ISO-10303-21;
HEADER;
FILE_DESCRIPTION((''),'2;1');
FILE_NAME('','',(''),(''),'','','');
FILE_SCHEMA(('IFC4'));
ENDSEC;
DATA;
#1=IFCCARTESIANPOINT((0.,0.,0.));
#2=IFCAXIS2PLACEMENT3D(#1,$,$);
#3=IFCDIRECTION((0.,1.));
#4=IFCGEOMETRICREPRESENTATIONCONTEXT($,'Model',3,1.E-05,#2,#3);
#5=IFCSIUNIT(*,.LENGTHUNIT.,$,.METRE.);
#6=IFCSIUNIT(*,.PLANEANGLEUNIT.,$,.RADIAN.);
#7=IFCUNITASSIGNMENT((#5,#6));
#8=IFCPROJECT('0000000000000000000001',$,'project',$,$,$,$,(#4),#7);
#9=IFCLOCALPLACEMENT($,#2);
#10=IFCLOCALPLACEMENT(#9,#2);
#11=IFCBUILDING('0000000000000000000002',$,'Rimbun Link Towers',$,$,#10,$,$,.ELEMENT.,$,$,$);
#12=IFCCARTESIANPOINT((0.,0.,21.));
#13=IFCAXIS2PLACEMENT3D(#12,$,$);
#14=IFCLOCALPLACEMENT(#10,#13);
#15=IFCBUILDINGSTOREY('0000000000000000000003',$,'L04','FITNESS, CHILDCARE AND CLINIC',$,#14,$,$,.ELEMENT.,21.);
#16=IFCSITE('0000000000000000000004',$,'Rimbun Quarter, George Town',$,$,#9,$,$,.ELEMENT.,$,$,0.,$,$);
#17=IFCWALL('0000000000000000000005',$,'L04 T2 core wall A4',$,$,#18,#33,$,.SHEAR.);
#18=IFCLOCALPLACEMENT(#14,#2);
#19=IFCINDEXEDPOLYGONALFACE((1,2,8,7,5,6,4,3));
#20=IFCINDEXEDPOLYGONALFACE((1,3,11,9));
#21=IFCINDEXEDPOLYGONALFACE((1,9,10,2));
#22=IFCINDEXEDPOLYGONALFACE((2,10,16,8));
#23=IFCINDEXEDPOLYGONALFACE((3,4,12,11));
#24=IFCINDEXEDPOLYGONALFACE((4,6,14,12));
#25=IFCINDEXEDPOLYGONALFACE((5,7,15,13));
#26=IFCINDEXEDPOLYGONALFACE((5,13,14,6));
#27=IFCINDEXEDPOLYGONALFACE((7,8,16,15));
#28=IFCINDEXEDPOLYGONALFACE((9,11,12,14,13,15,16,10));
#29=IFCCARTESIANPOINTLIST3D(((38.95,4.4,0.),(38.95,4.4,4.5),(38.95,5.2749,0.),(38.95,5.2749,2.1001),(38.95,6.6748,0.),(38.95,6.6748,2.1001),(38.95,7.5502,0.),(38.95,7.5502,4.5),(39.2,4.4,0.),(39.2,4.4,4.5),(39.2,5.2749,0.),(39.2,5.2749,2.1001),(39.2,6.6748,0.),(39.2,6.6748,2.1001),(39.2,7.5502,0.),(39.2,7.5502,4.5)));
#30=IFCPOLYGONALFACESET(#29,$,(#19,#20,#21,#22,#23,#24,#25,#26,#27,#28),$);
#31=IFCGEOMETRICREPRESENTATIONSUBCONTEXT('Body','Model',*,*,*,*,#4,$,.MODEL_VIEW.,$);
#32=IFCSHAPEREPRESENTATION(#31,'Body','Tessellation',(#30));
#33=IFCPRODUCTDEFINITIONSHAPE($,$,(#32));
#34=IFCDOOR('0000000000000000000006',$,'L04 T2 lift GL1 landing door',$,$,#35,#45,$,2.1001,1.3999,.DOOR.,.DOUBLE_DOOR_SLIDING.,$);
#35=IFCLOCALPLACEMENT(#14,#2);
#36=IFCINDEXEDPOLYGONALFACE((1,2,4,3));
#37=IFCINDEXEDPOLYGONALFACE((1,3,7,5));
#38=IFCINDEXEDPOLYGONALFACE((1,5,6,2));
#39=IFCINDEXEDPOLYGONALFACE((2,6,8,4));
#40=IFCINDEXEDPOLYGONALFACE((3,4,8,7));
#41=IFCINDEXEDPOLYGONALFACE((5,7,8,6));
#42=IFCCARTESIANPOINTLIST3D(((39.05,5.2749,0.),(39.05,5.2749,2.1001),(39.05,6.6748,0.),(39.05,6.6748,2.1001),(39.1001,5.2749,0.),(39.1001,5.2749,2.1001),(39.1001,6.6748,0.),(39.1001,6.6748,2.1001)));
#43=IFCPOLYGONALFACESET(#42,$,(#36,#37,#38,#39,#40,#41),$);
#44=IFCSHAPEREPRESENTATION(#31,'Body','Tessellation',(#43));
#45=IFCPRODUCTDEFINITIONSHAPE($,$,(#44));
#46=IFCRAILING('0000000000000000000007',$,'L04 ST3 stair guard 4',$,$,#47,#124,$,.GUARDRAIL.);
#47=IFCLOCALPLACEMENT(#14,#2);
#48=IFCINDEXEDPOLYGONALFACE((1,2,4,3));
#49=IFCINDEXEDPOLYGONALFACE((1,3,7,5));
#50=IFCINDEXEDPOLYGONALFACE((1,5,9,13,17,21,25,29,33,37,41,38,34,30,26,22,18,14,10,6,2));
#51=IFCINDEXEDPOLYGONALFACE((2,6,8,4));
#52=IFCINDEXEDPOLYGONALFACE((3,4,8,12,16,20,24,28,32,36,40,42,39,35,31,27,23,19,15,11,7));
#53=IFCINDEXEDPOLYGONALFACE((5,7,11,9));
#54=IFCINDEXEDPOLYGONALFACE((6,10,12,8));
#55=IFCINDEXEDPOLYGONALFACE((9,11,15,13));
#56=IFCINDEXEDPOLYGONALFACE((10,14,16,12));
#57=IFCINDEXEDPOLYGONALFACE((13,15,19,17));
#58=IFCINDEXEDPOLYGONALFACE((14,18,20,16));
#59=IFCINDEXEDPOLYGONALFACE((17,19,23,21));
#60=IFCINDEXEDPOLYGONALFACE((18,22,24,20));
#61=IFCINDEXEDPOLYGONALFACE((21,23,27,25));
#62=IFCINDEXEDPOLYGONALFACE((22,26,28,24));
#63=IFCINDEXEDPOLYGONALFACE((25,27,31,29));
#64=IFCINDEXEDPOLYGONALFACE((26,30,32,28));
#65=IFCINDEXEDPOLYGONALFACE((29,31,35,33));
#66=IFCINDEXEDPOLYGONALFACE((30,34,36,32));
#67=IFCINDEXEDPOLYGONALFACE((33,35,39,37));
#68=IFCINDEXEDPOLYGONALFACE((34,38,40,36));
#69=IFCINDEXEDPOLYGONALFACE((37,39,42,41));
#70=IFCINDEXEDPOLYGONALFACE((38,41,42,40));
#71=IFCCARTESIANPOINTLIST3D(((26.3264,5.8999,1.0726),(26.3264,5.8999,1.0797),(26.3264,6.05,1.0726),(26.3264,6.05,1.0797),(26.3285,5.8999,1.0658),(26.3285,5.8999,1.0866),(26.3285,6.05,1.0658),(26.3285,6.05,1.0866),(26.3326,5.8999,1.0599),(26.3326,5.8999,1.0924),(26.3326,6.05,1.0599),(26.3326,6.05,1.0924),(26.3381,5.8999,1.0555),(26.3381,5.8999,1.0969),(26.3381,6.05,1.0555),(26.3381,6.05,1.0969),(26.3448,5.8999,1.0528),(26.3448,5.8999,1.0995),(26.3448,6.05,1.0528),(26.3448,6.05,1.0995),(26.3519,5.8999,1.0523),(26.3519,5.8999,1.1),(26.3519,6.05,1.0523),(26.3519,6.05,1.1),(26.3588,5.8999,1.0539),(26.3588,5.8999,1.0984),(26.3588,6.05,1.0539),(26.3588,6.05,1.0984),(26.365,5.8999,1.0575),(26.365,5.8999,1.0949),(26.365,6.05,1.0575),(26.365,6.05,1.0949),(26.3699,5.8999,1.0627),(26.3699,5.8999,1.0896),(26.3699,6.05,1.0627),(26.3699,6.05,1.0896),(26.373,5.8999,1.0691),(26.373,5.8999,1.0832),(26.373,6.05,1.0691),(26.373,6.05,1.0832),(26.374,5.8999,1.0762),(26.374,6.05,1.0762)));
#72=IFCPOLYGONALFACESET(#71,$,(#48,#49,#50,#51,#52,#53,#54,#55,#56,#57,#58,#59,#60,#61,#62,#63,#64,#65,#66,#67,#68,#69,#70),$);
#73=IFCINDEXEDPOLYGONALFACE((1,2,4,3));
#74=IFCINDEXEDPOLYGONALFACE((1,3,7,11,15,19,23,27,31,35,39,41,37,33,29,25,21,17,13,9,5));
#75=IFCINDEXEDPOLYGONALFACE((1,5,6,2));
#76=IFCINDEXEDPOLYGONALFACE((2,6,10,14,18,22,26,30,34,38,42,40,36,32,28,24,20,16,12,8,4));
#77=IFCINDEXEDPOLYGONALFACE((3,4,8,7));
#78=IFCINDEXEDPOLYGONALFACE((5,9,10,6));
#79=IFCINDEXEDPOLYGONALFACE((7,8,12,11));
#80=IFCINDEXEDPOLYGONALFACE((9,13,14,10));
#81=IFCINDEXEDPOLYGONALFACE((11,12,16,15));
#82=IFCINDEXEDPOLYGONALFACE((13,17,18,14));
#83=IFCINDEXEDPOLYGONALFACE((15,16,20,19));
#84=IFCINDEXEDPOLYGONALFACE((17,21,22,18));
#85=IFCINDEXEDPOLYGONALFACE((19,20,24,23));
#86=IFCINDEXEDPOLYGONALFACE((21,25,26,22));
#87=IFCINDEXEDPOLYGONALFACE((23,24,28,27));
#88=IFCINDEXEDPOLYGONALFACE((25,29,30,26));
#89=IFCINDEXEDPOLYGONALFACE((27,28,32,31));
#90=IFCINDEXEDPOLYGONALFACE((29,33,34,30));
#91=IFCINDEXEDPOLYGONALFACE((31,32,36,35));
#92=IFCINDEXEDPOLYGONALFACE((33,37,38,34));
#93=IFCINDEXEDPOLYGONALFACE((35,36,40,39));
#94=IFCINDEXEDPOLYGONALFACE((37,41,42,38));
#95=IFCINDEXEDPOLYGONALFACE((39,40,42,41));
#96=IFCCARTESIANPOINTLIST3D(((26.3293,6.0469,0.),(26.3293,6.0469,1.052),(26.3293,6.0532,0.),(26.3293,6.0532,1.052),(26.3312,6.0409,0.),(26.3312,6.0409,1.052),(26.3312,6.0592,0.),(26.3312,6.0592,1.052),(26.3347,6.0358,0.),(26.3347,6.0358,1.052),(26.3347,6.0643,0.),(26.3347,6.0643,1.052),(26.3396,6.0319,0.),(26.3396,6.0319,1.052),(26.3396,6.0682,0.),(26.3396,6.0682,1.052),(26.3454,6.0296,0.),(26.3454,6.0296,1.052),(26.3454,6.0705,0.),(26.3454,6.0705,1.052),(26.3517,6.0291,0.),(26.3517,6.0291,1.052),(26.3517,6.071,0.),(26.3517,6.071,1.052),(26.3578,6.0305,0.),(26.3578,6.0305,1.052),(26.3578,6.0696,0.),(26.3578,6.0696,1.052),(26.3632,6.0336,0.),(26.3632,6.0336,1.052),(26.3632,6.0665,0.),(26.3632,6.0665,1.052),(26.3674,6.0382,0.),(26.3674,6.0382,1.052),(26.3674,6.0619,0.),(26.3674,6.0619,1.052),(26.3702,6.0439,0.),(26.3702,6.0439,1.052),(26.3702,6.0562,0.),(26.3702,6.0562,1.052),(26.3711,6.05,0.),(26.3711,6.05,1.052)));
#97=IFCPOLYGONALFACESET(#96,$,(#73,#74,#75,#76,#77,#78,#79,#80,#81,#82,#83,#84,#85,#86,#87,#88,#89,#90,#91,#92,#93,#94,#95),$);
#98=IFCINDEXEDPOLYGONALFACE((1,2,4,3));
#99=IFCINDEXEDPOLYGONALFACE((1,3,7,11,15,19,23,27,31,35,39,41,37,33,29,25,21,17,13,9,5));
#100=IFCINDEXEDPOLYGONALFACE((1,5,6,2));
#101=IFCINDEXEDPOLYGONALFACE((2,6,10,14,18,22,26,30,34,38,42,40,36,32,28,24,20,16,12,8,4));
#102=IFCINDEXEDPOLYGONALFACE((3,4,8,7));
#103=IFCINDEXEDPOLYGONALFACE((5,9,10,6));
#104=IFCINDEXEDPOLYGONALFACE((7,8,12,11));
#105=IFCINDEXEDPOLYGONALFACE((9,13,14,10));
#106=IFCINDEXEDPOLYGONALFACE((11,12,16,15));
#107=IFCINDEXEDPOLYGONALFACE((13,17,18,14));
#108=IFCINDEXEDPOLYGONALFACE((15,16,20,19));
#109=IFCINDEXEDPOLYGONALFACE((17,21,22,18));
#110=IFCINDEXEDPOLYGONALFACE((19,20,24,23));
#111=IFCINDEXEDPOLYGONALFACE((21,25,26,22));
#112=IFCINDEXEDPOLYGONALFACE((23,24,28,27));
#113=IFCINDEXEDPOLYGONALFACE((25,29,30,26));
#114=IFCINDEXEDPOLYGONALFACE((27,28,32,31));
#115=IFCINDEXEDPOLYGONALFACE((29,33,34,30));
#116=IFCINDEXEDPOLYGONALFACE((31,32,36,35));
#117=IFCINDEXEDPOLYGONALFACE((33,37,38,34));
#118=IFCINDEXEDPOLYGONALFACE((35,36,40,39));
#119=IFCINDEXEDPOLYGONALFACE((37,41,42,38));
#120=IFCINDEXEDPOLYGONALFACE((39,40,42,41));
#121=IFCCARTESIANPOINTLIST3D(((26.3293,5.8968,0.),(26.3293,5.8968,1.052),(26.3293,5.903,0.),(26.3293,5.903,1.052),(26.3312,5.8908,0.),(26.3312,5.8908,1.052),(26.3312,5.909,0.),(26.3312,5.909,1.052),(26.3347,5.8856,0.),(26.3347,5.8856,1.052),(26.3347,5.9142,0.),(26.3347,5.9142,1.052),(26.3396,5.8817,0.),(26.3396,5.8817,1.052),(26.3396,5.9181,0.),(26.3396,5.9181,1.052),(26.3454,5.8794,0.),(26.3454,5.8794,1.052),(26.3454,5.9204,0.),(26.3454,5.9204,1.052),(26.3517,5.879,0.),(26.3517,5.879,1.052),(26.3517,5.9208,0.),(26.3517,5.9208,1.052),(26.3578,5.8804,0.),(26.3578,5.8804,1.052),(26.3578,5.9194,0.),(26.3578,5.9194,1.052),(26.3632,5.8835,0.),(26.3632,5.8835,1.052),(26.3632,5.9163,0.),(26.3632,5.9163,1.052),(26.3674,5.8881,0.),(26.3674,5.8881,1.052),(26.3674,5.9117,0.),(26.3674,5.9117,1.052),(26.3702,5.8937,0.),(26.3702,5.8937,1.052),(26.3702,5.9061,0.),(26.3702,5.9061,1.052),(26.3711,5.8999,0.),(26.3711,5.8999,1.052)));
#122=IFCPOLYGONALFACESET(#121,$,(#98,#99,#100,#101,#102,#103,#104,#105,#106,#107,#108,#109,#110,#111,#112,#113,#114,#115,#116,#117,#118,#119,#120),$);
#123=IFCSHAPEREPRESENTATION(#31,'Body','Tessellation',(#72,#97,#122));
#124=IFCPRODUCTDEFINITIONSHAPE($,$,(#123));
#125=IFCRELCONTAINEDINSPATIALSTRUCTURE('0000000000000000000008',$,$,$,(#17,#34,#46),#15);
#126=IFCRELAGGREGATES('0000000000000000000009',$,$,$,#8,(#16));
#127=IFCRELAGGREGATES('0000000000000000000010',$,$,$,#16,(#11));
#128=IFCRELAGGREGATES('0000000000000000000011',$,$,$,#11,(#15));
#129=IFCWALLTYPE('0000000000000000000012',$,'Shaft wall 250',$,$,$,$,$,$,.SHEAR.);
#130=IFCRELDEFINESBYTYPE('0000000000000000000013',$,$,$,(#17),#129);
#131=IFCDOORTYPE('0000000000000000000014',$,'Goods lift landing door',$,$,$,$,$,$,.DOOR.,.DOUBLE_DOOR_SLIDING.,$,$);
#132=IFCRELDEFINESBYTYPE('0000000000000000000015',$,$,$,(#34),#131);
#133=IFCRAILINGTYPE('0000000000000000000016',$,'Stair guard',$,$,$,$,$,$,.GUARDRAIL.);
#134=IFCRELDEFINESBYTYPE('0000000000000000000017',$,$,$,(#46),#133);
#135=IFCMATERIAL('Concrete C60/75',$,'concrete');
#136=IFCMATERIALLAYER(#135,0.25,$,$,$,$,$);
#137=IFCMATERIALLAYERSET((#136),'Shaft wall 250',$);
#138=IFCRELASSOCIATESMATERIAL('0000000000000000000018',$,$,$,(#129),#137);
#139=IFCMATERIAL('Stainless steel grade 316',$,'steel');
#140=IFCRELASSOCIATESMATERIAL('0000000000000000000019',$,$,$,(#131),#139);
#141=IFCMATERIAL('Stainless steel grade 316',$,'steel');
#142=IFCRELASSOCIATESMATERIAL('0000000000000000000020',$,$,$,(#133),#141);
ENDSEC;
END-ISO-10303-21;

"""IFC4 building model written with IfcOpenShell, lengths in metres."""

from ifc_helpers import new_model, si_unit, direction, frame, frame_2d, origin, origin_2d, place, context, subcontext, project, spatial, rectangle, circle, extrude, material, layer, layer_set, type_object, element, fill, save


model = new_model("IFC4")

# Units and contexts
model_context = context("Model", 3, precision=1e-05, world=origin(), true_north=direction((0.0, 1.0)))
body_context = subcontext(model_context, "Body", "Model", "MODEL_VIEW")
ifc_project = project(units=[si_unit("LENGTHUNIT", "METRE"), si_unit("PLANEANGLEUNIT", "RADIAN")], contexts=[model_context])

# Site, building, storey
site_placement = place(None, origin())
site = spatial("IfcSite", under=ifc_project, at=site_placement, Name="Rimbun Quarter, George Town", CompositionType="ELEMENT", RefElevation=0.0)
building_placement = place(site_placement, origin())
building = spatial("IfcBuilding", under=site, at=building_placement, Name="Rimbun Link Towers", CompositionType="ELEMENT")
storey_placement = place(building_placement, frame((0.0, 0.0, 21.0)))
storey = spatial("IfcBuildingStorey", under=building, at=storey_placement, Name="L04", Description="FITNESS, CHILDCARE AND CLINIC", CompositionType="ELEMENT", Elevation=21.0)

# Shared definitions
ifc_material_1 = material(Name="Concrete C60/75", Category="concrete")
ifc_layer = layer(ifc_material_1, 0.25)
ifc_layer_set = layer_set([ifc_layer], Name="Shaft wall 250")
wall_type = type_object("IfcWallType", Name="Shaft wall 250", PredefinedType="SHEAR", material=ifc_layer_set)

# Wall, opening, door
wall_1_placement = place(storey_placement, frame((39.075, 4.3999, 0.0), z_axis=(0.0, 0.0, 1.0), x_axis=(0.0, 1.0, 0.0)))
wall_1 = element("IfcWall", 1, at=wall_1_placement, inside=storey, type_object=wall_type, Name="L04 T2 core wall A4", PredefinedType="SHEAR", context=body_context, shape_type="SweptSolid", body=[
    extrude(rectangle(XDim=3.1501, YDim=0.25, at=frame_2d((1.5752, 0.0))), origin(), (0.0, 0.0, 1.0), 4.5),
])
opening_1_placement = place(wall_1_placement, frame((0.875, 0.0, 0.0)))
opening_1 = element("IfcOpeningElement", 2, at=opening_1_placement, cuts=wall_1, PredefinedType="OPENING", context=body_context, shape_type="SweptSolid", body=[
    extrude(rectangle(XDim=1.3999, YDim=2.1001, at=frame_2d((0.7, 1.05))), frame((0.0, 0.135, 0.0), z_axis=(0.0, -1.0, 0.0), x_axis=(1.0, 0.0, 0.0)), (0.0, 0.0, 1.0), 0.27),
])
ifc_material_2 = material(Name="Stainless steel grade 316", Category="steel")
door_type_1 = type_object("IfcDoorType", Name="Goods lift landing door", OperationType="DOUBLE_DOOR_SLIDING", PredefinedType="DOOR", material=ifc_material_2)
door_1_placement = place(opening_1_placement, origin())
door_1 = element("IfcDoor", 3, at=door_1_placement, inside=storey, type_object=door_type_1, Name="L04 T2 lift GL1 landing door", OperationType="DOUBLE_DOOR_SLIDING", OverallHeight=2.1001, OverallWidth=1.3999, PredefinedType="DOOR", context=body_context, shape_type="SweptSolid", body=[
    extrude(rectangle(XDim=1.3999, YDim=2.1001, at=frame_2d((0.7, 1.05))), frame((0.0, 0.0249, 0.0), z_axis=(0.0, -1.0, 0.0), x_axis=(1.0, 0.0, 0.0)), (0.0, 0.0, 1.0), 0.05),
])
fill(opening_1, door_1)

# Railing
ifc_material_3 = material(Name="Stainless steel grade 316", Category="steel")
railing_type_1 = type_object("IfcRailingType", Name="Stair guard", PredefinedType="GUARDRAIL", material=ifc_material_3)
railing_1_placement = place(storey_placement, frame((26.3501, 6.05, 0.0)))
element("IfcRailing", 4, at=railing_1_placement, inside=storey, type_object=railing_type_1, Name="L04 ST3 stair guard 4", PredefinedType="GUARDRAIL", context=body_context, shape_type="SweptSolid", body=[
    extrude(circle(Radius=0.0239, at=origin_2d()), frame((0.0, 0.0, 1.0762), z_axis=(0.0, -1.0, 0.0), x_axis=(1.0, 0.0, 0.0)), (0.0, 0.0, 1.0), 0.1501),
    extrude(circle(Radius=0.021, at=origin_2d()), origin(), (0.0, 0.0, 1.0), 1.052),
    extrude(circle(Radius=0.021, at=origin_2d()), frame((0.0, -0.1501, 0.0)), (0.0, 0.0, 1.0), 1.052),
])

save(model, "model.ifc")
